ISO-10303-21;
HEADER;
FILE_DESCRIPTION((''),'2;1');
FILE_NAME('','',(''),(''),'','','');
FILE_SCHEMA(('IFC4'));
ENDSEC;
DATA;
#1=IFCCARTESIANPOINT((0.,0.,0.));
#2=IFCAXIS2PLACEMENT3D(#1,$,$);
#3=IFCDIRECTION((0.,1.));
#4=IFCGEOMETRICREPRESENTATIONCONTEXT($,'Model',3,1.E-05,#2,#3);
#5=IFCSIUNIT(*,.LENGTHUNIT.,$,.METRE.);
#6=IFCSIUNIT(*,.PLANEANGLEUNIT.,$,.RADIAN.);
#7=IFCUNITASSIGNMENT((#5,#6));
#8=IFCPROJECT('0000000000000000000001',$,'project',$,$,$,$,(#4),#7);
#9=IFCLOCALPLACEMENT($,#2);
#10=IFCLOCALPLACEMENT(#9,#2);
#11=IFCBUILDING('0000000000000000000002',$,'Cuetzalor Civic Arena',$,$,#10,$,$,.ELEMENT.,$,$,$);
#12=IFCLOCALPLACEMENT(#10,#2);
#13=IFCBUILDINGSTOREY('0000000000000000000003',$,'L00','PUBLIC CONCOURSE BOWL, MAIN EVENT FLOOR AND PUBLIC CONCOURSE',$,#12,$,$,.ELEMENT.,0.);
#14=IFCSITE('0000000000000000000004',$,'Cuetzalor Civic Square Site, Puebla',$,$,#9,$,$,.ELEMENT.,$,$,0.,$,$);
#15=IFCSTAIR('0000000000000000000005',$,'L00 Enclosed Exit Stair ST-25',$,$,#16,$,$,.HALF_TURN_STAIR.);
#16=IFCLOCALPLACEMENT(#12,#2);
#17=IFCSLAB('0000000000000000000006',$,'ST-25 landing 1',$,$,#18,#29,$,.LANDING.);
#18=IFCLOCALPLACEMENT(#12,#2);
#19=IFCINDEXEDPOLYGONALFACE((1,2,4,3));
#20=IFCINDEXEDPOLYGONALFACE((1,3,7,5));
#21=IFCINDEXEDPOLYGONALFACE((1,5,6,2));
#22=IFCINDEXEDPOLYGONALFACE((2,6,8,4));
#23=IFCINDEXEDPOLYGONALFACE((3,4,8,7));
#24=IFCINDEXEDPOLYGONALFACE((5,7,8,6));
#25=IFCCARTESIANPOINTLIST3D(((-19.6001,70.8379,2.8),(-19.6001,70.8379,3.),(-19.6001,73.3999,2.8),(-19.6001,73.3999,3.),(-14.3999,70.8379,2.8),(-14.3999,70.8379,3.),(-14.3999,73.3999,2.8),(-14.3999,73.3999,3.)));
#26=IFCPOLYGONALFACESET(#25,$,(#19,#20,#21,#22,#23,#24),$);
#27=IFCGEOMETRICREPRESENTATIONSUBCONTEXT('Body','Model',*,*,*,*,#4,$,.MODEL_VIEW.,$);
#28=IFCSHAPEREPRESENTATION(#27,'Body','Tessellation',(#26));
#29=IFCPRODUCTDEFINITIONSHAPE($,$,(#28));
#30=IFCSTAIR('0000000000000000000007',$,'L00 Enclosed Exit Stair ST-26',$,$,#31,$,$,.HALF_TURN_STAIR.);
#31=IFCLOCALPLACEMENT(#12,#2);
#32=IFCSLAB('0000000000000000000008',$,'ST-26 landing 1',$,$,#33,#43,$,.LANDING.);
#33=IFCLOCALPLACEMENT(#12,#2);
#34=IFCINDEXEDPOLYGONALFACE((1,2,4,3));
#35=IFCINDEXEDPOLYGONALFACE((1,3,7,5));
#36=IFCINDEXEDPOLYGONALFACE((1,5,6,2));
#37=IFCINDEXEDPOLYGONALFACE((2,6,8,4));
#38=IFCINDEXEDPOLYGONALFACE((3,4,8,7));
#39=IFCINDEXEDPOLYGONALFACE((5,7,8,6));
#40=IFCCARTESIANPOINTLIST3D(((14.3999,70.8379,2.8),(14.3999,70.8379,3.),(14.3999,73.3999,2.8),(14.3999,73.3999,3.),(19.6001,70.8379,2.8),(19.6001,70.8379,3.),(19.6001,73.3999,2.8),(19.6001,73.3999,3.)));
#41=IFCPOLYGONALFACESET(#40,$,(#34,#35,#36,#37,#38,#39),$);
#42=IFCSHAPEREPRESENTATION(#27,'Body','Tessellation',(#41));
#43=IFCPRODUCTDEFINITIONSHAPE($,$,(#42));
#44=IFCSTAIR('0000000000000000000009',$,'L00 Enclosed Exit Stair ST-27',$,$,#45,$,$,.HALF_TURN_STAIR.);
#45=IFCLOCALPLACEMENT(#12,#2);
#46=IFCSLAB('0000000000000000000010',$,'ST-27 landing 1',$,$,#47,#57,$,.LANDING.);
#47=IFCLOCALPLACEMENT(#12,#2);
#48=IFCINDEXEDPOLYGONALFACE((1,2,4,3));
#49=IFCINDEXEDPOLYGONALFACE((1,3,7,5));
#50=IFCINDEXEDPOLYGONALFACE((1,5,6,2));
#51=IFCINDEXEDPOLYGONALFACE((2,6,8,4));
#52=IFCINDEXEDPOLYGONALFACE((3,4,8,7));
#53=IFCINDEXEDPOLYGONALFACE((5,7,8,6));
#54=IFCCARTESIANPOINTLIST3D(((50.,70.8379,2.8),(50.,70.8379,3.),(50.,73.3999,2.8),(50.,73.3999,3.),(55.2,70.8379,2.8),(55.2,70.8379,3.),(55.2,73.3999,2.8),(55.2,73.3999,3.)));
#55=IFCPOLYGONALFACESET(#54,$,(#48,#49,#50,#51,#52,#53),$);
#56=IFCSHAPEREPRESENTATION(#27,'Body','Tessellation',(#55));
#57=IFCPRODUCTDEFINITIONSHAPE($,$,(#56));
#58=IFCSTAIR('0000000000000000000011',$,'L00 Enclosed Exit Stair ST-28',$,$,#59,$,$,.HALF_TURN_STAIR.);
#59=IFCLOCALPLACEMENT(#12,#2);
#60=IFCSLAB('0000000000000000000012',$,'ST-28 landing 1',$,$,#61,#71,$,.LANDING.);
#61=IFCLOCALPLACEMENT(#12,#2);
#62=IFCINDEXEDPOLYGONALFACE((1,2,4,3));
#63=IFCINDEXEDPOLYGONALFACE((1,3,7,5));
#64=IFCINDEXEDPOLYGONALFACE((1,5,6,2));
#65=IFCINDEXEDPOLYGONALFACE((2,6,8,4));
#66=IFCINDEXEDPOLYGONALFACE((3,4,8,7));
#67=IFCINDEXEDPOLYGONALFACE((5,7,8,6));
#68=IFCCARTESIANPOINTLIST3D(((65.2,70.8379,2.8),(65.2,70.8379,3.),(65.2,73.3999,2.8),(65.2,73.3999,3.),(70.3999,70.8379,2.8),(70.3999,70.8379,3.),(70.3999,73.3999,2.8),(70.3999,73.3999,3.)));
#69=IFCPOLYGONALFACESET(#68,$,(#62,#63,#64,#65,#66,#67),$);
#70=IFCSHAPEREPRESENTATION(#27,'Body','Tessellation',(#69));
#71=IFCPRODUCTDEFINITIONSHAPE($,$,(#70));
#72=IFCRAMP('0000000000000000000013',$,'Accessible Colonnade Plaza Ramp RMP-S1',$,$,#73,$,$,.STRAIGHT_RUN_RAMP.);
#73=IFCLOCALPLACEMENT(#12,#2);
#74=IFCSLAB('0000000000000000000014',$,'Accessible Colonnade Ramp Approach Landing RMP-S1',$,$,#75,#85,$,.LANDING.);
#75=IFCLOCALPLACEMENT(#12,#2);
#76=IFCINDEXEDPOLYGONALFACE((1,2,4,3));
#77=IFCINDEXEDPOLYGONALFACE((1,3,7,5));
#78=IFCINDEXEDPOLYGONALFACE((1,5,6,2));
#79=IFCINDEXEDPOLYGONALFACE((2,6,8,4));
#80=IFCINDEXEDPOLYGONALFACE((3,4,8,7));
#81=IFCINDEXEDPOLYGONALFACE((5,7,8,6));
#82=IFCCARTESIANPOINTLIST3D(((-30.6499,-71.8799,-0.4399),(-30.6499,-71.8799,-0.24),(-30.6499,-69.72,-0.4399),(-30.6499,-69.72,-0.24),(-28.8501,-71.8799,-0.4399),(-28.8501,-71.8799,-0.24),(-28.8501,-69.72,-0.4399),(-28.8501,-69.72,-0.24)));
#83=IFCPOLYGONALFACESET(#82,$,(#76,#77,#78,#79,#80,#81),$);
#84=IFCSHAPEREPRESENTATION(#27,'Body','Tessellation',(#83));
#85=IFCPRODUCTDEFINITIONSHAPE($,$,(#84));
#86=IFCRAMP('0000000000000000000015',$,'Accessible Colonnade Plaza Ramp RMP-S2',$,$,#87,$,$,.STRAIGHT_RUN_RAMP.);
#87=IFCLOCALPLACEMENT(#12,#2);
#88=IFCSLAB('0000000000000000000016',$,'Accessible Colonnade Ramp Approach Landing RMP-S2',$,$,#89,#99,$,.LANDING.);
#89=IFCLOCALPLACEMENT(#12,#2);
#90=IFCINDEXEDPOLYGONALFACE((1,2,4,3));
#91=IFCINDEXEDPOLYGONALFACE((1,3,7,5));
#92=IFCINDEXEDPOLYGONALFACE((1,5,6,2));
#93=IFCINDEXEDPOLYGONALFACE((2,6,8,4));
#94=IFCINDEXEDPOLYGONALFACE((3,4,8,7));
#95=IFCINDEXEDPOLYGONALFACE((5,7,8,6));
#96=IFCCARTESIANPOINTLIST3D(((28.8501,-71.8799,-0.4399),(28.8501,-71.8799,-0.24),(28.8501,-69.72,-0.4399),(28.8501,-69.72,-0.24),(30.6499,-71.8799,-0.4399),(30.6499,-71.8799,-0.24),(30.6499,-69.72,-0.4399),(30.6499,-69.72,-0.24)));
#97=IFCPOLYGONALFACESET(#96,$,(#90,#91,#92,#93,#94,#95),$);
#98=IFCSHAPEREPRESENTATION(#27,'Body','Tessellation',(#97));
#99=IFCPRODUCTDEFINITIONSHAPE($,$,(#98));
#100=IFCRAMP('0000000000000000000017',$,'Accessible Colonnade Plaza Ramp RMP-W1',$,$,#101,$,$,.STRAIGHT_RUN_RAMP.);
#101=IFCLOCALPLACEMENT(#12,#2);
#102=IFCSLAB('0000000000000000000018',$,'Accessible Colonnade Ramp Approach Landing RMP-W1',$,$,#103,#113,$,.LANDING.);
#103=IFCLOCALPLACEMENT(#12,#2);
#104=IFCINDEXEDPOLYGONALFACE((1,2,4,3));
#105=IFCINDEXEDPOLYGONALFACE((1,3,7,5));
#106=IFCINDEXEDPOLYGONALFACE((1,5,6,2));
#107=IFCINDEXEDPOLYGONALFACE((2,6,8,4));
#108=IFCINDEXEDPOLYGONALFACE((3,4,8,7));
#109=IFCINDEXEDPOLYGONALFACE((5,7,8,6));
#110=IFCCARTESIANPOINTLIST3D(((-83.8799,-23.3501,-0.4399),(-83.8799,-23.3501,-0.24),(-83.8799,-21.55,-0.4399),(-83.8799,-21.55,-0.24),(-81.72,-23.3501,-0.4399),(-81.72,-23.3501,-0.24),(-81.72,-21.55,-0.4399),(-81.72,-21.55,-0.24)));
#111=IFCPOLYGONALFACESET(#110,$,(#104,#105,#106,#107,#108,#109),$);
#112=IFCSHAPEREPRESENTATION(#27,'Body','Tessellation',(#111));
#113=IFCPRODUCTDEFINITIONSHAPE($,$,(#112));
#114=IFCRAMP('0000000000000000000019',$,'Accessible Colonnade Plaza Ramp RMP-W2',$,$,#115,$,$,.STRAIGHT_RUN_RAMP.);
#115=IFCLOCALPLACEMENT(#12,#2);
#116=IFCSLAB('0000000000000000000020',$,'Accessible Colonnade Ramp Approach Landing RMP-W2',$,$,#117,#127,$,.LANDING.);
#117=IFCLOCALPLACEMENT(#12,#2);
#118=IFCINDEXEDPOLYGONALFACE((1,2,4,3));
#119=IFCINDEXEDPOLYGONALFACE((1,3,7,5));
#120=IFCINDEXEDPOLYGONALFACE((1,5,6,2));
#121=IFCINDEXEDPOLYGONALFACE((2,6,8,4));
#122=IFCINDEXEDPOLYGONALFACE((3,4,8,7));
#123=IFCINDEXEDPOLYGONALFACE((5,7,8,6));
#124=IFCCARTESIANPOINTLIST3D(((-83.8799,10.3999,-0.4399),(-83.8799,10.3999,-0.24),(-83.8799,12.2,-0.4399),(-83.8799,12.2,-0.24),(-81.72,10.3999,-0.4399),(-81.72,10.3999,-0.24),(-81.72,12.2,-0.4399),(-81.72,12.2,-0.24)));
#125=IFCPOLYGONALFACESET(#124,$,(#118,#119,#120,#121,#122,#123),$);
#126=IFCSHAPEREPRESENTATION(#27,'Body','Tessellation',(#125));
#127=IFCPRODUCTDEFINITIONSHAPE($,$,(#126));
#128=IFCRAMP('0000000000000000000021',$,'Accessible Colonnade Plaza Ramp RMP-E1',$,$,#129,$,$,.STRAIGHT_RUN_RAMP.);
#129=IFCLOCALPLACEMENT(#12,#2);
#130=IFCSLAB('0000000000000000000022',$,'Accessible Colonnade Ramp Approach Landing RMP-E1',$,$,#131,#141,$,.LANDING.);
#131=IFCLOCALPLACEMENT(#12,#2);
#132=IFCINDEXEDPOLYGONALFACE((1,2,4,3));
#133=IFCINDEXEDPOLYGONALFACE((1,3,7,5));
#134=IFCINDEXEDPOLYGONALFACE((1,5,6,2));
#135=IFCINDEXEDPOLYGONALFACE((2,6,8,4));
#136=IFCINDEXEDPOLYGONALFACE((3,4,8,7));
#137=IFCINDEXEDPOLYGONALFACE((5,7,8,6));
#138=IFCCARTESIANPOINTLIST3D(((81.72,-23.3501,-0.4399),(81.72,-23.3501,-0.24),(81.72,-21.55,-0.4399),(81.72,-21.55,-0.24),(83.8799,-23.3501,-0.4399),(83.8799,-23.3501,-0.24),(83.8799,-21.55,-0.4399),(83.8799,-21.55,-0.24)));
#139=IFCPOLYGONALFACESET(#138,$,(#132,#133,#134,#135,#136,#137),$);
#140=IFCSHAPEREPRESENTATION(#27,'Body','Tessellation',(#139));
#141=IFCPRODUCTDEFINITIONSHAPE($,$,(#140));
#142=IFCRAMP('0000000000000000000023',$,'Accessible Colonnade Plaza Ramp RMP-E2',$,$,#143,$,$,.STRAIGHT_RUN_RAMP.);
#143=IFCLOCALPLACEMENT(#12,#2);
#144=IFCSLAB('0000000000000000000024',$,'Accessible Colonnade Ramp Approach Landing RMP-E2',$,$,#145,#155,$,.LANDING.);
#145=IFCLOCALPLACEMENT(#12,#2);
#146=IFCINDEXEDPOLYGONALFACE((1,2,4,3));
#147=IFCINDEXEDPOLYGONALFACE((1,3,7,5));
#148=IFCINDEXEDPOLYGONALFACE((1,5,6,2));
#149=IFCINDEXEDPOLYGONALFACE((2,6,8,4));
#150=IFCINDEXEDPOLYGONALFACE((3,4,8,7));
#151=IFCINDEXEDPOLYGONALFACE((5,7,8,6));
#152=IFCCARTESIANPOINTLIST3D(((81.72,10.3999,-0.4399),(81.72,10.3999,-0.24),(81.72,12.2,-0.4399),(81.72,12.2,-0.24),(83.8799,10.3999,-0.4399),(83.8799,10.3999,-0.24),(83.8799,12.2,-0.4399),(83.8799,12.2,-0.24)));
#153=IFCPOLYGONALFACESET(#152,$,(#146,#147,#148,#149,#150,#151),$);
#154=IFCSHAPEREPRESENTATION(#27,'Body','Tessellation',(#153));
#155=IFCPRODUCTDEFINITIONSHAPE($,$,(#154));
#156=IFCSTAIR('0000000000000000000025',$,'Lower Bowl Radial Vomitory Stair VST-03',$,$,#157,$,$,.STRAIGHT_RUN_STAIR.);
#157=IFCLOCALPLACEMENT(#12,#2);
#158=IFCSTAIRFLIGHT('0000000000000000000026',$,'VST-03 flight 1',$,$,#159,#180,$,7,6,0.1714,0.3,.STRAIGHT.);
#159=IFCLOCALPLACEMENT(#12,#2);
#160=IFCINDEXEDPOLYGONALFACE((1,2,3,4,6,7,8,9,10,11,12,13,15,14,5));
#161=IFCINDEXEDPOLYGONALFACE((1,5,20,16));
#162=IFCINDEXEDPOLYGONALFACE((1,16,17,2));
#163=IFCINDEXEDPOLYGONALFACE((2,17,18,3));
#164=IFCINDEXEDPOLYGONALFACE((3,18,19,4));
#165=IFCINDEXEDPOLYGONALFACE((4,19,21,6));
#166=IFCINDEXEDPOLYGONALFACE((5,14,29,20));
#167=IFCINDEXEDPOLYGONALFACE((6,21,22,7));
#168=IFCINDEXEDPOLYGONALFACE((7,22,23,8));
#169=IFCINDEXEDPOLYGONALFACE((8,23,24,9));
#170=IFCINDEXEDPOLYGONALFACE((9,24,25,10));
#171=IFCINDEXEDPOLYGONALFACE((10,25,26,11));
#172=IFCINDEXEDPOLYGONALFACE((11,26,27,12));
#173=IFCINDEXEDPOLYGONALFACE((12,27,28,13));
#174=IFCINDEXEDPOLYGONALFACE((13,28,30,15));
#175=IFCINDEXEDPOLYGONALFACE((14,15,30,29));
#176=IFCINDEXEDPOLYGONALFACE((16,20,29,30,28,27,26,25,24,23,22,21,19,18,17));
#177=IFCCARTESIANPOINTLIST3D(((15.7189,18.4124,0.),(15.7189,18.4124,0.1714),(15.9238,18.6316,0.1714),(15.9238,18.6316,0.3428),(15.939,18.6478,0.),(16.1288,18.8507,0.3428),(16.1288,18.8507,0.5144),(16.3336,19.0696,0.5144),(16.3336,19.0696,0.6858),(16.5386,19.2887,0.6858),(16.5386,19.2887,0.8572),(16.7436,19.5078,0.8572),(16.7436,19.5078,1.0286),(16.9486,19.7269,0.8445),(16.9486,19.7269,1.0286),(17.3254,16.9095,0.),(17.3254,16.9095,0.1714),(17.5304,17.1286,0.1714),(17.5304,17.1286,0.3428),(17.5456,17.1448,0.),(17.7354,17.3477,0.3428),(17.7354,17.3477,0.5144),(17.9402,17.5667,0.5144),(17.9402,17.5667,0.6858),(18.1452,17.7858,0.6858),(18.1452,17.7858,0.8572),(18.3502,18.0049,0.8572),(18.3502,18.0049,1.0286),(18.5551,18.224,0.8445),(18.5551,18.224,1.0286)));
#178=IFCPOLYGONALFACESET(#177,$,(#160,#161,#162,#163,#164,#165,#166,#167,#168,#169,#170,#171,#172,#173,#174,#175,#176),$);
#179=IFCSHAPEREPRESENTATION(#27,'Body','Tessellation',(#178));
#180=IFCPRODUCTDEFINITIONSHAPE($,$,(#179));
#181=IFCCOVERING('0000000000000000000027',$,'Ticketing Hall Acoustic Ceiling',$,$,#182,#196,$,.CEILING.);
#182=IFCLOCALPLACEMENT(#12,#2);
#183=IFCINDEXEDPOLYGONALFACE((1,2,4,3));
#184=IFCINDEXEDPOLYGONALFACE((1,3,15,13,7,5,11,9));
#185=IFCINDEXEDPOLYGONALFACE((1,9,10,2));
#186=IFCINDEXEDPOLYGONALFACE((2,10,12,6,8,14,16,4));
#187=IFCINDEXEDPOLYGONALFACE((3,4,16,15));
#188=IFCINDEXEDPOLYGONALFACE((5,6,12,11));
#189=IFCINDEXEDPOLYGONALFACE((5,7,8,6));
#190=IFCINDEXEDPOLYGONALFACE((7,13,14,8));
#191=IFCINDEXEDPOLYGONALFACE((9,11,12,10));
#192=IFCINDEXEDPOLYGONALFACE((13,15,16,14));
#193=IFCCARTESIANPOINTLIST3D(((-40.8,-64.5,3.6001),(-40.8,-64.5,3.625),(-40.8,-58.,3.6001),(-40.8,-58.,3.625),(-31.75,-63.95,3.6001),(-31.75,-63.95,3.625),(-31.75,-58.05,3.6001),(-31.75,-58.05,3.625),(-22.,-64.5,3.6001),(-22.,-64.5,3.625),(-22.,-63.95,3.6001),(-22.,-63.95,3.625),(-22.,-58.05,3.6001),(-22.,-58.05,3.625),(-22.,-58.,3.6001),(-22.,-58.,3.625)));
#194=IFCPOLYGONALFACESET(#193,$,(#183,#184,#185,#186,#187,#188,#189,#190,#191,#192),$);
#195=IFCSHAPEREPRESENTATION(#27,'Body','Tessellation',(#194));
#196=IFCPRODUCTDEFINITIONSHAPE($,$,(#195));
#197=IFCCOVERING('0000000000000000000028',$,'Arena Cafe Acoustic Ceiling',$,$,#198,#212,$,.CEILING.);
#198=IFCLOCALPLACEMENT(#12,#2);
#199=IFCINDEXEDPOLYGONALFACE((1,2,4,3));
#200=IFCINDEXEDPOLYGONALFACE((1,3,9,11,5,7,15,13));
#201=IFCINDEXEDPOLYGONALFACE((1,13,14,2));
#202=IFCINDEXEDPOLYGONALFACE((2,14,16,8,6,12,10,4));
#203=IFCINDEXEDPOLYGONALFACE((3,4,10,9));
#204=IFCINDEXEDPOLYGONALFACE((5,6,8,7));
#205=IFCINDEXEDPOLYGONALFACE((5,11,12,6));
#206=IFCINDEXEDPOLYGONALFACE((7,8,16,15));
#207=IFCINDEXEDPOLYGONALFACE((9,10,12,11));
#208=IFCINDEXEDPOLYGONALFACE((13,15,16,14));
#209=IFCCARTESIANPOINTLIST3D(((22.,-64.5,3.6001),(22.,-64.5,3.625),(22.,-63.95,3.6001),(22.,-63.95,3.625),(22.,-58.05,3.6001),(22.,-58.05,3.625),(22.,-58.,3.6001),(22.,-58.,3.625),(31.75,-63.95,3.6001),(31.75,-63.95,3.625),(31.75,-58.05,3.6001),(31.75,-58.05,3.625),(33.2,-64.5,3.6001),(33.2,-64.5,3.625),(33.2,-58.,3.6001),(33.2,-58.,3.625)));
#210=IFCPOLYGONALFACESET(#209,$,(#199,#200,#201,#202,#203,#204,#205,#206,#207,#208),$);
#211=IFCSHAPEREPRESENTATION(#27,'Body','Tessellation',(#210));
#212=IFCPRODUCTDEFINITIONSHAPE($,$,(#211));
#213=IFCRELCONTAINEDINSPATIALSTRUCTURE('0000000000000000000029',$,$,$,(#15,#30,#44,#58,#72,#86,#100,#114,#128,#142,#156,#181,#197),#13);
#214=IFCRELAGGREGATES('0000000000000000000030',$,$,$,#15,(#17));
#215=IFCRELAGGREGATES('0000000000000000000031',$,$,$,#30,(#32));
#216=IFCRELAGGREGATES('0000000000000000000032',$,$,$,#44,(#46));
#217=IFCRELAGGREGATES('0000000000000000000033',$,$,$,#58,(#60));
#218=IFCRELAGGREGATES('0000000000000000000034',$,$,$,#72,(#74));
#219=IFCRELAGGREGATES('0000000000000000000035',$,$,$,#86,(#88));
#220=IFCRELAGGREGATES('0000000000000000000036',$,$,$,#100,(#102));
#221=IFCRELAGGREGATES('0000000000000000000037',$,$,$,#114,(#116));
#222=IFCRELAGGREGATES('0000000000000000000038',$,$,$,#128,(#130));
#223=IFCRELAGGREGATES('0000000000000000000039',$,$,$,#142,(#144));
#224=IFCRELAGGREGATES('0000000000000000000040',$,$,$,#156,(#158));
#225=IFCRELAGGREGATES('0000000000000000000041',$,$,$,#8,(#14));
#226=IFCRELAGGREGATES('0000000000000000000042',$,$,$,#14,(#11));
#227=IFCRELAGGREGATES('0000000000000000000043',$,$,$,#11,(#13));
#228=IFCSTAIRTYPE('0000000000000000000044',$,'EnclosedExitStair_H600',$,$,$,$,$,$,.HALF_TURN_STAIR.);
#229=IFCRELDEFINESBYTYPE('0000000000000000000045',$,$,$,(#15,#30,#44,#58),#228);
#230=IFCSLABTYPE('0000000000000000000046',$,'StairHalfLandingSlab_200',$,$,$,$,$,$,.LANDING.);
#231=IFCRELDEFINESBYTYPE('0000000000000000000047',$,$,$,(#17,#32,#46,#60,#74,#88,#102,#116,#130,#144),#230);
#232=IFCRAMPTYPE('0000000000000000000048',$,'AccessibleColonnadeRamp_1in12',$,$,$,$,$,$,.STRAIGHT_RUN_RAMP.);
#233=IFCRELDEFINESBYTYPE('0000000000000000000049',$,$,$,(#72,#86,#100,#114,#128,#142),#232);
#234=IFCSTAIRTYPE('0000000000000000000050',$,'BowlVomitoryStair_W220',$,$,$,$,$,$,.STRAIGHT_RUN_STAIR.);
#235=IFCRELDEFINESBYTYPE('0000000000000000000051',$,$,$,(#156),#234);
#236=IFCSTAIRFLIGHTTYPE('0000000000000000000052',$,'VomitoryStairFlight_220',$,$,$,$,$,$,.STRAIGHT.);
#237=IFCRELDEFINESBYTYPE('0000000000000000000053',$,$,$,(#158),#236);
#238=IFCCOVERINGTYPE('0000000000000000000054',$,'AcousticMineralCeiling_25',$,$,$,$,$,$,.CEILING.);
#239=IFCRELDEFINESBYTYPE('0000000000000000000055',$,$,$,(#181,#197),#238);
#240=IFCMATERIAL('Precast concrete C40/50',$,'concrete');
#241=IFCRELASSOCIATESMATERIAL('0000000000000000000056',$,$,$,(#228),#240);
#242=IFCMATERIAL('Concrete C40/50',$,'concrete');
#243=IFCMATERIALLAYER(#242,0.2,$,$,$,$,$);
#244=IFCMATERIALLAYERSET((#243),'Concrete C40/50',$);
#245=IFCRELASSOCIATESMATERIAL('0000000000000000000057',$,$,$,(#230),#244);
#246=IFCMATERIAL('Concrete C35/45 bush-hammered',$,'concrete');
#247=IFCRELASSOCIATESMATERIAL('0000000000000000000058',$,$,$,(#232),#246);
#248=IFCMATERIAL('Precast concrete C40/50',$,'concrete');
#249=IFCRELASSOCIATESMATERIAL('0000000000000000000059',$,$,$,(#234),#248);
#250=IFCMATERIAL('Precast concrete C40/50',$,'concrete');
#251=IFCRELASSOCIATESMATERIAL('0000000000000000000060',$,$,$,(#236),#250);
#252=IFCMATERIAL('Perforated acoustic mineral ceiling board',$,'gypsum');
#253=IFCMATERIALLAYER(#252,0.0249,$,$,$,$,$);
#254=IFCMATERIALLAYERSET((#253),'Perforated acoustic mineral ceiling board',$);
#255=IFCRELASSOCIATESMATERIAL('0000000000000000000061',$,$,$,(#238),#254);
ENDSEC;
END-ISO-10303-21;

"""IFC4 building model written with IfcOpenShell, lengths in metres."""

from ifc_helpers import new_model, si_unit, direction, frame, origin, place, context, subcontext, project, spatial, polyline, outline, extrude, material, layer, layer_set, type_object, element, aggregate, save


model = new_model("IFC4")

# Units and contexts
model_context = context("Model", 3, precision=1e-05, world=origin(), true_north=direction((0.0, 1.0)))
body_context = subcontext(model_context, "Body", "Model", "MODEL_VIEW")
ifc_project = project(units=[si_unit("LENGTHUNIT", "METRE"), si_unit("PLANEANGLEUNIT", "RADIAN")], contexts=[model_context])

# Site, building, storey
site_placement = place(None, origin())
site = spatial("IfcSite", under=ifc_project, at=site_placement, Name="Cuetzalor Civic Square Site, Puebla", CompositionType="ELEMENT", RefElevation=0.0)
building_placement = place(site_placement, origin())
building = spatial("IfcBuilding", under=site, at=building_placement, Name="Cuetzalor Civic Arena", CompositionType="ELEMENT")
storey_placement = place(building_placement, origin())
storey = spatial("IfcBuildingStorey", under=building, at=storey_placement, Name="L00", Description="PUBLIC CONCOURSE BOWL, MAIN EVENT FLOOR AND PUBLIC CONCOURSE", CompositionType="ELEMENT", Elevation=0.0)

# Stairs, slabs
ifc_material_1 = material(Name="Precast concrete C40/50", Category="concrete")
stair_type_1 = type_object("IfcStairType", Name="EnclosedExitStair_H600", PredefinedType="HALF_TURN_STAIR", material=ifc_material_1)
ifc_material_2 = material(Name="Concrete C40/50", Category="concrete")
ifc_layer_1 = layer(ifc_material_2, 0.2)
ifc_layer_set_1 = layer_set([ifc_layer_1], Name="Concrete C40/50")
slab_type = type_object("IfcSlabType", Name="StairHalfLandingSlab_200", PredefinedType="LANDING", material=ifc_layer_set_1)
stair_1_placement = place(storey_placement, origin())
stair_1 = element("IfcStair", 1, at=stair_1_placement, inside=storey, type_object=stair_type_1, Name="L00 Enclosed Exit Stair ST-25", PredefinedType="HALF_TURN_STAIR")
slab_1_placement = place(storey_placement, frame((0.0, 0.0, 2.8)))
slab_1 = element("IfcSlab", 2, at=slab_1_placement, type_object=slab_type, Name="ST-25 landing 1", PredefinedType="LANDING", context=body_context, shape_type="SweptSolid", body=[
    extrude(outline(polyline([(-14.3999, 70.8379), (-14.3999, 73.3999), (-19.6001, 73.3999), (-19.6001, 70.8379), (-14.3999, 70.8379)])), origin(), (0.0, 0.0, 1.0), 0.2),
])
aggregate(stair_1, [slab_1])
stair_2_placement = place(storey_placement, origin())
stair_2 = element("IfcStair", 3, at=stair_2_placement, inside=storey, type_object=stair_type_1, Name="L00 Enclosed Exit Stair ST-26", PredefinedType="HALF_TURN_STAIR")
slab_2_placement = place(storey_placement, frame((0.0, 0.0, 2.8)))
slab_2 = element("IfcSlab", 4, at=slab_2_placement, type_object=slab_type, Name="ST-26 landing 1", PredefinedType="LANDING", context=body_context, shape_type="SweptSolid", body=[
    extrude(outline(polyline([(19.6001, 70.8379), (19.6001, 73.3999), (14.3999, 73.3999), (14.3999, 70.8379), (19.6001, 70.8379)])), origin(), (0.0, 0.0, 1.0), 0.2),
])
aggregate(stair_2, [slab_2])
stair_3_placement = place(storey_placement, origin())
stair_3 = element("IfcStair", 5, at=stair_3_placement, inside=storey, type_object=stair_type_1, Name="L00 Enclosed Exit Stair ST-27", PredefinedType="HALF_TURN_STAIR")
slab_3_placement = place(storey_placement, frame((0.0, 0.0, 2.8)))
slab_3 = element("IfcSlab", 6, at=slab_3_placement, type_object=slab_type, Name="ST-27 landing 1", PredefinedType="LANDING", context=body_context, shape_type="SweptSolid", body=[
    extrude(outline(polyline([(55.2, 70.8379), (55.2, 73.3999), (50.0, 73.3999), (50.0, 70.8379), (55.2, 70.8379)])), origin(), (0.0, 0.0, 1.0), 0.2),
])
aggregate(stair_3, [slab_3])
stair_4_placement = place(storey_placement, origin())
stair_4 = element("IfcStair", 7, at=stair_4_placement, inside=storey, type_object=stair_type_1, Name="L00 Enclosed Exit Stair ST-28", PredefinedType="HALF_TURN_STAIR")
slab_4_placement = place(storey_placement, frame((0.0, 0.0, 2.8)))
slab_4 = element("IfcSlab", 8, at=slab_4_placement, type_object=slab_type, Name="ST-28 landing 1", PredefinedType="LANDING", context=body_context, shape_type="SweptSolid", body=[
    extrude(outline(polyline([(70.3999, 70.8379), (70.3999, 73.3999), (65.2, 73.3999), (65.2, 70.8379), (70.3999, 70.8379)])), origin(), (0.0, 0.0, 1.0), 0.2),
])
aggregate(stair_4, [slab_4])

# Ramps, slabs
ifc_material_3 = material(Name="Concrete C35/45 bush-hammered", Category="concrete")
ramp_type = type_object("IfcRampType", Name="AccessibleColonnadeRamp_1in12", PredefinedType="STRAIGHT_RUN_RAMP", material=ifc_material_3)
ramp_1_placement = place(storey_placement, origin())
ramp_1 = element("IfcRamp", 9, at=ramp_1_placement, inside=storey, type_object=ramp_type, Name="Accessible Colonnade Plaza Ramp RMP-S1", PredefinedType="STRAIGHT_RUN_RAMP")
slab_5_placement = place(storey_placement, frame((0.0, 0.0, -0.4399)))
slab_5 = element("IfcSlab", 10, at=slab_5_placement, type_object=slab_type, Name="Accessible Colonnade Ramp Approach Landing RMP-S1", PredefinedType="LANDING", context=body_context, shape_type="SweptSolid", body=[
    extrude(outline(polyline([(-30.6499, -71.8799), (-28.8501, -71.8799), (-28.8501, -69.72), (-30.6499, -69.72), (-30.6499, -71.8799)])), origin(), (0.0, 0.0, 1.0), 0.2),
])
aggregate(ramp_1, [slab_5])
ramp_2_placement = place(storey_placement, origin())
ramp_2 = element("IfcRamp", 11, at=ramp_2_placement, inside=storey, type_object=ramp_type, Name="Accessible Colonnade Plaza Ramp RMP-S2", PredefinedType="STRAIGHT_RUN_RAMP")
slab_6_placement = place(storey_placement, frame((0.0, 0.0, -0.4399)))
slab_6 = element("IfcSlab", 12, at=slab_6_placement, type_object=slab_type, Name="Accessible Colonnade Ramp Approach Landing RMP-S2", PredefinedType="LANDING", context=body_context, shape_type="SweptSolid", body=[
    extrude(outline(polyline([(28.8501, -71.8799), (30.6499, -71.8799), (30.6499, -69.72), (28.8501, -69.72), (28.8501, -71.8799)])), origin(), (0.0, 0.0, 1.0), 0.2),
])
aggregate(ramp_2, [slab_6])
ramp_3_placement = place(storey_placement, origin())
ramp_3 = element("IfcRamp", 13, at=ramp_3_placement, inside=storey, type_object=ramp_type, Name="Accessible Colonnade Plaza Ramp RMP-W1", PredefinedType="STRAIGHT_RUN_RAMP")
slab_7_placement = place(storey_placement, frame((0.0, 0.0, -0.4399)))
slab_7 = element("IfcSlab", 14, at=slab_7_placement, type_object=slab_type, Name="Accessible Colonnade Ramp Approach Landing RMP-W1", PredefinedType="LANDING", context=body_context, shape_type="SweptSolid", body=[
    extrude(outline(polyline([(-83.8799, -23.3501), (-81.72, -23.3501), (-81.72, -21.55), (-83.8799, -21.55), (-83.8799, -23.3501)])), origin(), (0.0, 0.0, 1.0), 0.2),
])
aggregate(ramp_3, [slab_7])
ramp_4_placement = place(storey_placement, origin())
ramp_4 = element("IfcRamp", 15, at=ramp_4_placement, inside=storey, type_object=ramp_type, Name="Accessible Colonnade Plaza Ramp RMP-W2", PredefinedType="STRAIGHT_RUN_RAMP")
slab_8_placement = place(storey_placement, frame((0.0, 0.0, -0.4399)))
slab_8 = element("IfcSlab", 16, at=slab_8_placement, type_object=slab_type, Name="Accessible Colonnade Ramp Approach Landing RMP-W2", PredefinedType="LANDING", context=body_context, shape_type="SweptSolid", body=[
    extrude(outline(polyline([(-83.8799, 10.3999), (-81.72, 10.3999), (-81.72, 12.2), (-83.8799, 12.2), (-83.8799, 10.3999)])), origin(), (0.0, 0.0, 1.0), 0.2),
])
aggregate(ramp_4, [slab_8])
ramp_5_placement = place(storey_placement, origin())
ramp_5 = element("IfcRamp", 17, at=ramp_5_placement, inside=storey, type_object=ramp_type, Name="Accessible Colonnade Plaza Ramp RMP-E1", PredefinedType="STRAIGHT_RUN_RAMP")
slab_9_placement = place(storey_placement, frame((0.0, 0.0, -0.4399)))
slab_9 = element("IfcSlab", 18, at=slab_9_placement, type_object=slab_type, Name="Accessible Colonnade Ramp Approach Landing RMP-E1", PredefinedType="LANDING", context=body_context, shape_type="SweptSolid", body=[
    extrude(outline(polyline([(81.72, -23.3501), (83.8799, -23.3501), (83.8799, -21.55), (81.72, -21.55), (81.72, -23.3501)])), origin(), (0.0, 0.0, 1.0), 0.2),
])
aggregate(ramp_5, [slab_9])
ramp_6_placement = place(storey_placement, origin())
ramp_6 = element("IfcRamp", 19, at=ramp_6_placement, inside=storey, type_object=ramp_type, Name="Accessible Colonnade Plaza Ramp RMP-E2", PredefinedType="STRAIGHT_RUN_RAMP")
slab_10_placement = place(storey_placement, frame((0.0, 0.0, -0.4399)))
slab_10 = element("IfcSlab", 20, at=slab_10_placement, type_object=slab_type, Name="Accessible Colonnade Ramp Approach Landing RMP-E2", PredefinedType="LANDING", context=body_context, shape_type="SweptSolid", body=[
    extrude(outline(polyline([(81.72, 10.3999), (83.8799, 10.3999), (83.8799, 12.2), (81.72, 12.2), (81.72, 10.3999)])), origin(), (0.0, 0.0, 1.0), 0.2),
])
aggregate(ramp_6, [slab_10])

# Stair, stair flight
ifc_material_4 = material(Name="Precast concrete C40/50", Category="concrete")
stair_type_2 = type_object("IfcStairType", Name="BowlVomitoryStair_W220", PredefinedType="STRAIGHT_RUN_STAIR", material=ifc_material_4)
stair_5_placement = place(storey_placement, origin())
stair_5 = element("IfcStair", 21, at=stair_5_placement, inside=storey, type_object=stair_type_2, Name="Lower Bowl Radial Vomitory Stair VST-03", PredefinedType="STRAIGHT_RUN_STAIR")
ifc_material_5 = material(Name="Precast concrete C40/50", Category="concrete")
stair_flight_type = type_object("IfcStairFlightType", Name="VomitoryStairFlight_220", PredefinedType="STRAIGHT", material=ifc_material_5)
stair_flight_placement = place(storey_placement, frame((16.5222, 17.6609, 0.0), z_axis=(0.0, 0.0, 1.0), x_axis=(0.683172, 0.730258, 0.0)))
stair_flight = element("IfcStairFlight", 22, at=stair_flight_placement, type_object=stair_flight_type, Name="VST-03 flight 1", NumberOfRisers=7, NumberOfTreads=6, PredefinedType="STRAIGHT", RiserHeight=0.1714, TreadLength=0.3, context=body_context, shape_type="SweptSolid", body=[
    extrude(outline(polyline([(0.0, 0.0), (0.0, 0.1714), (0.3, 0.1714), (0.3, 0.3428), (0.6001, 0.3428), (0.6001, 0.5144), (0.8999, 0.5144), (0.8999, 0.6858), (1.2, 0.6858), (1.2, 0.8572), (1.5, 0.8572), (1.5, 1.0286), (1.8, 1.0286), (1.8, 1.2), (1.8, 0.8445), (0.3223, 0.0), (0.0, 0.0)])), frame((0.0, 1.1001, 0.0), z_axis=(0.0, -1.0, 0.0), x_axis=(1.0, 0.0, 0.0)), (0.0, 0.0, 1.0), 2.2),
])
aggregate(stair_5, [stair_flight])

# Coverings
ifc_material_6 = material(Name="Perforated acoustic mineral ceiling board", Category="gypsum")
ifc_layer_2 = layer(ifc_material_6, 0.0249)
ifc_layer_set_2 = layer_set([ifc_layer_2], Name="Perforated acoustic mineral ceiling board")
covering_type_1 = type_object("IfcCoveringType", Name="AcousticMineralCeiling_25", PredefinedType="CEILING", material=ifc_layer_set_2)
covering_1_placement = place(storey_placement, frame((0.0, 0.0, 3.6001)))
element("IfcCovering", 23, at=covering_1_placement, inside=storey, type_object=covering_type_1, Name="Ticketing Hall Acoustic Ceiling", PredefinedType="CEILING", context=body_context, shape_type="SweptSolid", body=[
    extrude(outline(polyline([(-22.0, -64.5), (-40.8, -64.5), (-40.8, -58.0), (-22.0, -58.0), (-22.0, -58.05), (-31.75, -58.05), (-31.75, -63.95), (-22.0, -63.95), (-22.0, -64.5)])), origin(), (0.0, 0.0, 1.0), 0.0249),
])
covering_2_placement = place(storey_placement, frame((0.0, 0.0, 3.6001)))
element("IfcCovering", 24, at=covering_2_placement, inside=storey, type_object=covering_type_1, Name="Arena Cafe Acoustic Ceiling", PredefinedType="CEILING", context=body_context, shape_type="SweptSolid", body=[
    extrude(outline(polyline([(22.0, -58.0), (33.2, -58.0), (33.2, -64.5), (22.0, -64.5), (22.0, -63.95), (31.75, -63.95), (31.75, -58.05), (22.0, -58.05), (22.0, -58.0)])), origin(), (0.0, 0.0, 1.0), 0.0249),
])

save(model, "model.ifc")
